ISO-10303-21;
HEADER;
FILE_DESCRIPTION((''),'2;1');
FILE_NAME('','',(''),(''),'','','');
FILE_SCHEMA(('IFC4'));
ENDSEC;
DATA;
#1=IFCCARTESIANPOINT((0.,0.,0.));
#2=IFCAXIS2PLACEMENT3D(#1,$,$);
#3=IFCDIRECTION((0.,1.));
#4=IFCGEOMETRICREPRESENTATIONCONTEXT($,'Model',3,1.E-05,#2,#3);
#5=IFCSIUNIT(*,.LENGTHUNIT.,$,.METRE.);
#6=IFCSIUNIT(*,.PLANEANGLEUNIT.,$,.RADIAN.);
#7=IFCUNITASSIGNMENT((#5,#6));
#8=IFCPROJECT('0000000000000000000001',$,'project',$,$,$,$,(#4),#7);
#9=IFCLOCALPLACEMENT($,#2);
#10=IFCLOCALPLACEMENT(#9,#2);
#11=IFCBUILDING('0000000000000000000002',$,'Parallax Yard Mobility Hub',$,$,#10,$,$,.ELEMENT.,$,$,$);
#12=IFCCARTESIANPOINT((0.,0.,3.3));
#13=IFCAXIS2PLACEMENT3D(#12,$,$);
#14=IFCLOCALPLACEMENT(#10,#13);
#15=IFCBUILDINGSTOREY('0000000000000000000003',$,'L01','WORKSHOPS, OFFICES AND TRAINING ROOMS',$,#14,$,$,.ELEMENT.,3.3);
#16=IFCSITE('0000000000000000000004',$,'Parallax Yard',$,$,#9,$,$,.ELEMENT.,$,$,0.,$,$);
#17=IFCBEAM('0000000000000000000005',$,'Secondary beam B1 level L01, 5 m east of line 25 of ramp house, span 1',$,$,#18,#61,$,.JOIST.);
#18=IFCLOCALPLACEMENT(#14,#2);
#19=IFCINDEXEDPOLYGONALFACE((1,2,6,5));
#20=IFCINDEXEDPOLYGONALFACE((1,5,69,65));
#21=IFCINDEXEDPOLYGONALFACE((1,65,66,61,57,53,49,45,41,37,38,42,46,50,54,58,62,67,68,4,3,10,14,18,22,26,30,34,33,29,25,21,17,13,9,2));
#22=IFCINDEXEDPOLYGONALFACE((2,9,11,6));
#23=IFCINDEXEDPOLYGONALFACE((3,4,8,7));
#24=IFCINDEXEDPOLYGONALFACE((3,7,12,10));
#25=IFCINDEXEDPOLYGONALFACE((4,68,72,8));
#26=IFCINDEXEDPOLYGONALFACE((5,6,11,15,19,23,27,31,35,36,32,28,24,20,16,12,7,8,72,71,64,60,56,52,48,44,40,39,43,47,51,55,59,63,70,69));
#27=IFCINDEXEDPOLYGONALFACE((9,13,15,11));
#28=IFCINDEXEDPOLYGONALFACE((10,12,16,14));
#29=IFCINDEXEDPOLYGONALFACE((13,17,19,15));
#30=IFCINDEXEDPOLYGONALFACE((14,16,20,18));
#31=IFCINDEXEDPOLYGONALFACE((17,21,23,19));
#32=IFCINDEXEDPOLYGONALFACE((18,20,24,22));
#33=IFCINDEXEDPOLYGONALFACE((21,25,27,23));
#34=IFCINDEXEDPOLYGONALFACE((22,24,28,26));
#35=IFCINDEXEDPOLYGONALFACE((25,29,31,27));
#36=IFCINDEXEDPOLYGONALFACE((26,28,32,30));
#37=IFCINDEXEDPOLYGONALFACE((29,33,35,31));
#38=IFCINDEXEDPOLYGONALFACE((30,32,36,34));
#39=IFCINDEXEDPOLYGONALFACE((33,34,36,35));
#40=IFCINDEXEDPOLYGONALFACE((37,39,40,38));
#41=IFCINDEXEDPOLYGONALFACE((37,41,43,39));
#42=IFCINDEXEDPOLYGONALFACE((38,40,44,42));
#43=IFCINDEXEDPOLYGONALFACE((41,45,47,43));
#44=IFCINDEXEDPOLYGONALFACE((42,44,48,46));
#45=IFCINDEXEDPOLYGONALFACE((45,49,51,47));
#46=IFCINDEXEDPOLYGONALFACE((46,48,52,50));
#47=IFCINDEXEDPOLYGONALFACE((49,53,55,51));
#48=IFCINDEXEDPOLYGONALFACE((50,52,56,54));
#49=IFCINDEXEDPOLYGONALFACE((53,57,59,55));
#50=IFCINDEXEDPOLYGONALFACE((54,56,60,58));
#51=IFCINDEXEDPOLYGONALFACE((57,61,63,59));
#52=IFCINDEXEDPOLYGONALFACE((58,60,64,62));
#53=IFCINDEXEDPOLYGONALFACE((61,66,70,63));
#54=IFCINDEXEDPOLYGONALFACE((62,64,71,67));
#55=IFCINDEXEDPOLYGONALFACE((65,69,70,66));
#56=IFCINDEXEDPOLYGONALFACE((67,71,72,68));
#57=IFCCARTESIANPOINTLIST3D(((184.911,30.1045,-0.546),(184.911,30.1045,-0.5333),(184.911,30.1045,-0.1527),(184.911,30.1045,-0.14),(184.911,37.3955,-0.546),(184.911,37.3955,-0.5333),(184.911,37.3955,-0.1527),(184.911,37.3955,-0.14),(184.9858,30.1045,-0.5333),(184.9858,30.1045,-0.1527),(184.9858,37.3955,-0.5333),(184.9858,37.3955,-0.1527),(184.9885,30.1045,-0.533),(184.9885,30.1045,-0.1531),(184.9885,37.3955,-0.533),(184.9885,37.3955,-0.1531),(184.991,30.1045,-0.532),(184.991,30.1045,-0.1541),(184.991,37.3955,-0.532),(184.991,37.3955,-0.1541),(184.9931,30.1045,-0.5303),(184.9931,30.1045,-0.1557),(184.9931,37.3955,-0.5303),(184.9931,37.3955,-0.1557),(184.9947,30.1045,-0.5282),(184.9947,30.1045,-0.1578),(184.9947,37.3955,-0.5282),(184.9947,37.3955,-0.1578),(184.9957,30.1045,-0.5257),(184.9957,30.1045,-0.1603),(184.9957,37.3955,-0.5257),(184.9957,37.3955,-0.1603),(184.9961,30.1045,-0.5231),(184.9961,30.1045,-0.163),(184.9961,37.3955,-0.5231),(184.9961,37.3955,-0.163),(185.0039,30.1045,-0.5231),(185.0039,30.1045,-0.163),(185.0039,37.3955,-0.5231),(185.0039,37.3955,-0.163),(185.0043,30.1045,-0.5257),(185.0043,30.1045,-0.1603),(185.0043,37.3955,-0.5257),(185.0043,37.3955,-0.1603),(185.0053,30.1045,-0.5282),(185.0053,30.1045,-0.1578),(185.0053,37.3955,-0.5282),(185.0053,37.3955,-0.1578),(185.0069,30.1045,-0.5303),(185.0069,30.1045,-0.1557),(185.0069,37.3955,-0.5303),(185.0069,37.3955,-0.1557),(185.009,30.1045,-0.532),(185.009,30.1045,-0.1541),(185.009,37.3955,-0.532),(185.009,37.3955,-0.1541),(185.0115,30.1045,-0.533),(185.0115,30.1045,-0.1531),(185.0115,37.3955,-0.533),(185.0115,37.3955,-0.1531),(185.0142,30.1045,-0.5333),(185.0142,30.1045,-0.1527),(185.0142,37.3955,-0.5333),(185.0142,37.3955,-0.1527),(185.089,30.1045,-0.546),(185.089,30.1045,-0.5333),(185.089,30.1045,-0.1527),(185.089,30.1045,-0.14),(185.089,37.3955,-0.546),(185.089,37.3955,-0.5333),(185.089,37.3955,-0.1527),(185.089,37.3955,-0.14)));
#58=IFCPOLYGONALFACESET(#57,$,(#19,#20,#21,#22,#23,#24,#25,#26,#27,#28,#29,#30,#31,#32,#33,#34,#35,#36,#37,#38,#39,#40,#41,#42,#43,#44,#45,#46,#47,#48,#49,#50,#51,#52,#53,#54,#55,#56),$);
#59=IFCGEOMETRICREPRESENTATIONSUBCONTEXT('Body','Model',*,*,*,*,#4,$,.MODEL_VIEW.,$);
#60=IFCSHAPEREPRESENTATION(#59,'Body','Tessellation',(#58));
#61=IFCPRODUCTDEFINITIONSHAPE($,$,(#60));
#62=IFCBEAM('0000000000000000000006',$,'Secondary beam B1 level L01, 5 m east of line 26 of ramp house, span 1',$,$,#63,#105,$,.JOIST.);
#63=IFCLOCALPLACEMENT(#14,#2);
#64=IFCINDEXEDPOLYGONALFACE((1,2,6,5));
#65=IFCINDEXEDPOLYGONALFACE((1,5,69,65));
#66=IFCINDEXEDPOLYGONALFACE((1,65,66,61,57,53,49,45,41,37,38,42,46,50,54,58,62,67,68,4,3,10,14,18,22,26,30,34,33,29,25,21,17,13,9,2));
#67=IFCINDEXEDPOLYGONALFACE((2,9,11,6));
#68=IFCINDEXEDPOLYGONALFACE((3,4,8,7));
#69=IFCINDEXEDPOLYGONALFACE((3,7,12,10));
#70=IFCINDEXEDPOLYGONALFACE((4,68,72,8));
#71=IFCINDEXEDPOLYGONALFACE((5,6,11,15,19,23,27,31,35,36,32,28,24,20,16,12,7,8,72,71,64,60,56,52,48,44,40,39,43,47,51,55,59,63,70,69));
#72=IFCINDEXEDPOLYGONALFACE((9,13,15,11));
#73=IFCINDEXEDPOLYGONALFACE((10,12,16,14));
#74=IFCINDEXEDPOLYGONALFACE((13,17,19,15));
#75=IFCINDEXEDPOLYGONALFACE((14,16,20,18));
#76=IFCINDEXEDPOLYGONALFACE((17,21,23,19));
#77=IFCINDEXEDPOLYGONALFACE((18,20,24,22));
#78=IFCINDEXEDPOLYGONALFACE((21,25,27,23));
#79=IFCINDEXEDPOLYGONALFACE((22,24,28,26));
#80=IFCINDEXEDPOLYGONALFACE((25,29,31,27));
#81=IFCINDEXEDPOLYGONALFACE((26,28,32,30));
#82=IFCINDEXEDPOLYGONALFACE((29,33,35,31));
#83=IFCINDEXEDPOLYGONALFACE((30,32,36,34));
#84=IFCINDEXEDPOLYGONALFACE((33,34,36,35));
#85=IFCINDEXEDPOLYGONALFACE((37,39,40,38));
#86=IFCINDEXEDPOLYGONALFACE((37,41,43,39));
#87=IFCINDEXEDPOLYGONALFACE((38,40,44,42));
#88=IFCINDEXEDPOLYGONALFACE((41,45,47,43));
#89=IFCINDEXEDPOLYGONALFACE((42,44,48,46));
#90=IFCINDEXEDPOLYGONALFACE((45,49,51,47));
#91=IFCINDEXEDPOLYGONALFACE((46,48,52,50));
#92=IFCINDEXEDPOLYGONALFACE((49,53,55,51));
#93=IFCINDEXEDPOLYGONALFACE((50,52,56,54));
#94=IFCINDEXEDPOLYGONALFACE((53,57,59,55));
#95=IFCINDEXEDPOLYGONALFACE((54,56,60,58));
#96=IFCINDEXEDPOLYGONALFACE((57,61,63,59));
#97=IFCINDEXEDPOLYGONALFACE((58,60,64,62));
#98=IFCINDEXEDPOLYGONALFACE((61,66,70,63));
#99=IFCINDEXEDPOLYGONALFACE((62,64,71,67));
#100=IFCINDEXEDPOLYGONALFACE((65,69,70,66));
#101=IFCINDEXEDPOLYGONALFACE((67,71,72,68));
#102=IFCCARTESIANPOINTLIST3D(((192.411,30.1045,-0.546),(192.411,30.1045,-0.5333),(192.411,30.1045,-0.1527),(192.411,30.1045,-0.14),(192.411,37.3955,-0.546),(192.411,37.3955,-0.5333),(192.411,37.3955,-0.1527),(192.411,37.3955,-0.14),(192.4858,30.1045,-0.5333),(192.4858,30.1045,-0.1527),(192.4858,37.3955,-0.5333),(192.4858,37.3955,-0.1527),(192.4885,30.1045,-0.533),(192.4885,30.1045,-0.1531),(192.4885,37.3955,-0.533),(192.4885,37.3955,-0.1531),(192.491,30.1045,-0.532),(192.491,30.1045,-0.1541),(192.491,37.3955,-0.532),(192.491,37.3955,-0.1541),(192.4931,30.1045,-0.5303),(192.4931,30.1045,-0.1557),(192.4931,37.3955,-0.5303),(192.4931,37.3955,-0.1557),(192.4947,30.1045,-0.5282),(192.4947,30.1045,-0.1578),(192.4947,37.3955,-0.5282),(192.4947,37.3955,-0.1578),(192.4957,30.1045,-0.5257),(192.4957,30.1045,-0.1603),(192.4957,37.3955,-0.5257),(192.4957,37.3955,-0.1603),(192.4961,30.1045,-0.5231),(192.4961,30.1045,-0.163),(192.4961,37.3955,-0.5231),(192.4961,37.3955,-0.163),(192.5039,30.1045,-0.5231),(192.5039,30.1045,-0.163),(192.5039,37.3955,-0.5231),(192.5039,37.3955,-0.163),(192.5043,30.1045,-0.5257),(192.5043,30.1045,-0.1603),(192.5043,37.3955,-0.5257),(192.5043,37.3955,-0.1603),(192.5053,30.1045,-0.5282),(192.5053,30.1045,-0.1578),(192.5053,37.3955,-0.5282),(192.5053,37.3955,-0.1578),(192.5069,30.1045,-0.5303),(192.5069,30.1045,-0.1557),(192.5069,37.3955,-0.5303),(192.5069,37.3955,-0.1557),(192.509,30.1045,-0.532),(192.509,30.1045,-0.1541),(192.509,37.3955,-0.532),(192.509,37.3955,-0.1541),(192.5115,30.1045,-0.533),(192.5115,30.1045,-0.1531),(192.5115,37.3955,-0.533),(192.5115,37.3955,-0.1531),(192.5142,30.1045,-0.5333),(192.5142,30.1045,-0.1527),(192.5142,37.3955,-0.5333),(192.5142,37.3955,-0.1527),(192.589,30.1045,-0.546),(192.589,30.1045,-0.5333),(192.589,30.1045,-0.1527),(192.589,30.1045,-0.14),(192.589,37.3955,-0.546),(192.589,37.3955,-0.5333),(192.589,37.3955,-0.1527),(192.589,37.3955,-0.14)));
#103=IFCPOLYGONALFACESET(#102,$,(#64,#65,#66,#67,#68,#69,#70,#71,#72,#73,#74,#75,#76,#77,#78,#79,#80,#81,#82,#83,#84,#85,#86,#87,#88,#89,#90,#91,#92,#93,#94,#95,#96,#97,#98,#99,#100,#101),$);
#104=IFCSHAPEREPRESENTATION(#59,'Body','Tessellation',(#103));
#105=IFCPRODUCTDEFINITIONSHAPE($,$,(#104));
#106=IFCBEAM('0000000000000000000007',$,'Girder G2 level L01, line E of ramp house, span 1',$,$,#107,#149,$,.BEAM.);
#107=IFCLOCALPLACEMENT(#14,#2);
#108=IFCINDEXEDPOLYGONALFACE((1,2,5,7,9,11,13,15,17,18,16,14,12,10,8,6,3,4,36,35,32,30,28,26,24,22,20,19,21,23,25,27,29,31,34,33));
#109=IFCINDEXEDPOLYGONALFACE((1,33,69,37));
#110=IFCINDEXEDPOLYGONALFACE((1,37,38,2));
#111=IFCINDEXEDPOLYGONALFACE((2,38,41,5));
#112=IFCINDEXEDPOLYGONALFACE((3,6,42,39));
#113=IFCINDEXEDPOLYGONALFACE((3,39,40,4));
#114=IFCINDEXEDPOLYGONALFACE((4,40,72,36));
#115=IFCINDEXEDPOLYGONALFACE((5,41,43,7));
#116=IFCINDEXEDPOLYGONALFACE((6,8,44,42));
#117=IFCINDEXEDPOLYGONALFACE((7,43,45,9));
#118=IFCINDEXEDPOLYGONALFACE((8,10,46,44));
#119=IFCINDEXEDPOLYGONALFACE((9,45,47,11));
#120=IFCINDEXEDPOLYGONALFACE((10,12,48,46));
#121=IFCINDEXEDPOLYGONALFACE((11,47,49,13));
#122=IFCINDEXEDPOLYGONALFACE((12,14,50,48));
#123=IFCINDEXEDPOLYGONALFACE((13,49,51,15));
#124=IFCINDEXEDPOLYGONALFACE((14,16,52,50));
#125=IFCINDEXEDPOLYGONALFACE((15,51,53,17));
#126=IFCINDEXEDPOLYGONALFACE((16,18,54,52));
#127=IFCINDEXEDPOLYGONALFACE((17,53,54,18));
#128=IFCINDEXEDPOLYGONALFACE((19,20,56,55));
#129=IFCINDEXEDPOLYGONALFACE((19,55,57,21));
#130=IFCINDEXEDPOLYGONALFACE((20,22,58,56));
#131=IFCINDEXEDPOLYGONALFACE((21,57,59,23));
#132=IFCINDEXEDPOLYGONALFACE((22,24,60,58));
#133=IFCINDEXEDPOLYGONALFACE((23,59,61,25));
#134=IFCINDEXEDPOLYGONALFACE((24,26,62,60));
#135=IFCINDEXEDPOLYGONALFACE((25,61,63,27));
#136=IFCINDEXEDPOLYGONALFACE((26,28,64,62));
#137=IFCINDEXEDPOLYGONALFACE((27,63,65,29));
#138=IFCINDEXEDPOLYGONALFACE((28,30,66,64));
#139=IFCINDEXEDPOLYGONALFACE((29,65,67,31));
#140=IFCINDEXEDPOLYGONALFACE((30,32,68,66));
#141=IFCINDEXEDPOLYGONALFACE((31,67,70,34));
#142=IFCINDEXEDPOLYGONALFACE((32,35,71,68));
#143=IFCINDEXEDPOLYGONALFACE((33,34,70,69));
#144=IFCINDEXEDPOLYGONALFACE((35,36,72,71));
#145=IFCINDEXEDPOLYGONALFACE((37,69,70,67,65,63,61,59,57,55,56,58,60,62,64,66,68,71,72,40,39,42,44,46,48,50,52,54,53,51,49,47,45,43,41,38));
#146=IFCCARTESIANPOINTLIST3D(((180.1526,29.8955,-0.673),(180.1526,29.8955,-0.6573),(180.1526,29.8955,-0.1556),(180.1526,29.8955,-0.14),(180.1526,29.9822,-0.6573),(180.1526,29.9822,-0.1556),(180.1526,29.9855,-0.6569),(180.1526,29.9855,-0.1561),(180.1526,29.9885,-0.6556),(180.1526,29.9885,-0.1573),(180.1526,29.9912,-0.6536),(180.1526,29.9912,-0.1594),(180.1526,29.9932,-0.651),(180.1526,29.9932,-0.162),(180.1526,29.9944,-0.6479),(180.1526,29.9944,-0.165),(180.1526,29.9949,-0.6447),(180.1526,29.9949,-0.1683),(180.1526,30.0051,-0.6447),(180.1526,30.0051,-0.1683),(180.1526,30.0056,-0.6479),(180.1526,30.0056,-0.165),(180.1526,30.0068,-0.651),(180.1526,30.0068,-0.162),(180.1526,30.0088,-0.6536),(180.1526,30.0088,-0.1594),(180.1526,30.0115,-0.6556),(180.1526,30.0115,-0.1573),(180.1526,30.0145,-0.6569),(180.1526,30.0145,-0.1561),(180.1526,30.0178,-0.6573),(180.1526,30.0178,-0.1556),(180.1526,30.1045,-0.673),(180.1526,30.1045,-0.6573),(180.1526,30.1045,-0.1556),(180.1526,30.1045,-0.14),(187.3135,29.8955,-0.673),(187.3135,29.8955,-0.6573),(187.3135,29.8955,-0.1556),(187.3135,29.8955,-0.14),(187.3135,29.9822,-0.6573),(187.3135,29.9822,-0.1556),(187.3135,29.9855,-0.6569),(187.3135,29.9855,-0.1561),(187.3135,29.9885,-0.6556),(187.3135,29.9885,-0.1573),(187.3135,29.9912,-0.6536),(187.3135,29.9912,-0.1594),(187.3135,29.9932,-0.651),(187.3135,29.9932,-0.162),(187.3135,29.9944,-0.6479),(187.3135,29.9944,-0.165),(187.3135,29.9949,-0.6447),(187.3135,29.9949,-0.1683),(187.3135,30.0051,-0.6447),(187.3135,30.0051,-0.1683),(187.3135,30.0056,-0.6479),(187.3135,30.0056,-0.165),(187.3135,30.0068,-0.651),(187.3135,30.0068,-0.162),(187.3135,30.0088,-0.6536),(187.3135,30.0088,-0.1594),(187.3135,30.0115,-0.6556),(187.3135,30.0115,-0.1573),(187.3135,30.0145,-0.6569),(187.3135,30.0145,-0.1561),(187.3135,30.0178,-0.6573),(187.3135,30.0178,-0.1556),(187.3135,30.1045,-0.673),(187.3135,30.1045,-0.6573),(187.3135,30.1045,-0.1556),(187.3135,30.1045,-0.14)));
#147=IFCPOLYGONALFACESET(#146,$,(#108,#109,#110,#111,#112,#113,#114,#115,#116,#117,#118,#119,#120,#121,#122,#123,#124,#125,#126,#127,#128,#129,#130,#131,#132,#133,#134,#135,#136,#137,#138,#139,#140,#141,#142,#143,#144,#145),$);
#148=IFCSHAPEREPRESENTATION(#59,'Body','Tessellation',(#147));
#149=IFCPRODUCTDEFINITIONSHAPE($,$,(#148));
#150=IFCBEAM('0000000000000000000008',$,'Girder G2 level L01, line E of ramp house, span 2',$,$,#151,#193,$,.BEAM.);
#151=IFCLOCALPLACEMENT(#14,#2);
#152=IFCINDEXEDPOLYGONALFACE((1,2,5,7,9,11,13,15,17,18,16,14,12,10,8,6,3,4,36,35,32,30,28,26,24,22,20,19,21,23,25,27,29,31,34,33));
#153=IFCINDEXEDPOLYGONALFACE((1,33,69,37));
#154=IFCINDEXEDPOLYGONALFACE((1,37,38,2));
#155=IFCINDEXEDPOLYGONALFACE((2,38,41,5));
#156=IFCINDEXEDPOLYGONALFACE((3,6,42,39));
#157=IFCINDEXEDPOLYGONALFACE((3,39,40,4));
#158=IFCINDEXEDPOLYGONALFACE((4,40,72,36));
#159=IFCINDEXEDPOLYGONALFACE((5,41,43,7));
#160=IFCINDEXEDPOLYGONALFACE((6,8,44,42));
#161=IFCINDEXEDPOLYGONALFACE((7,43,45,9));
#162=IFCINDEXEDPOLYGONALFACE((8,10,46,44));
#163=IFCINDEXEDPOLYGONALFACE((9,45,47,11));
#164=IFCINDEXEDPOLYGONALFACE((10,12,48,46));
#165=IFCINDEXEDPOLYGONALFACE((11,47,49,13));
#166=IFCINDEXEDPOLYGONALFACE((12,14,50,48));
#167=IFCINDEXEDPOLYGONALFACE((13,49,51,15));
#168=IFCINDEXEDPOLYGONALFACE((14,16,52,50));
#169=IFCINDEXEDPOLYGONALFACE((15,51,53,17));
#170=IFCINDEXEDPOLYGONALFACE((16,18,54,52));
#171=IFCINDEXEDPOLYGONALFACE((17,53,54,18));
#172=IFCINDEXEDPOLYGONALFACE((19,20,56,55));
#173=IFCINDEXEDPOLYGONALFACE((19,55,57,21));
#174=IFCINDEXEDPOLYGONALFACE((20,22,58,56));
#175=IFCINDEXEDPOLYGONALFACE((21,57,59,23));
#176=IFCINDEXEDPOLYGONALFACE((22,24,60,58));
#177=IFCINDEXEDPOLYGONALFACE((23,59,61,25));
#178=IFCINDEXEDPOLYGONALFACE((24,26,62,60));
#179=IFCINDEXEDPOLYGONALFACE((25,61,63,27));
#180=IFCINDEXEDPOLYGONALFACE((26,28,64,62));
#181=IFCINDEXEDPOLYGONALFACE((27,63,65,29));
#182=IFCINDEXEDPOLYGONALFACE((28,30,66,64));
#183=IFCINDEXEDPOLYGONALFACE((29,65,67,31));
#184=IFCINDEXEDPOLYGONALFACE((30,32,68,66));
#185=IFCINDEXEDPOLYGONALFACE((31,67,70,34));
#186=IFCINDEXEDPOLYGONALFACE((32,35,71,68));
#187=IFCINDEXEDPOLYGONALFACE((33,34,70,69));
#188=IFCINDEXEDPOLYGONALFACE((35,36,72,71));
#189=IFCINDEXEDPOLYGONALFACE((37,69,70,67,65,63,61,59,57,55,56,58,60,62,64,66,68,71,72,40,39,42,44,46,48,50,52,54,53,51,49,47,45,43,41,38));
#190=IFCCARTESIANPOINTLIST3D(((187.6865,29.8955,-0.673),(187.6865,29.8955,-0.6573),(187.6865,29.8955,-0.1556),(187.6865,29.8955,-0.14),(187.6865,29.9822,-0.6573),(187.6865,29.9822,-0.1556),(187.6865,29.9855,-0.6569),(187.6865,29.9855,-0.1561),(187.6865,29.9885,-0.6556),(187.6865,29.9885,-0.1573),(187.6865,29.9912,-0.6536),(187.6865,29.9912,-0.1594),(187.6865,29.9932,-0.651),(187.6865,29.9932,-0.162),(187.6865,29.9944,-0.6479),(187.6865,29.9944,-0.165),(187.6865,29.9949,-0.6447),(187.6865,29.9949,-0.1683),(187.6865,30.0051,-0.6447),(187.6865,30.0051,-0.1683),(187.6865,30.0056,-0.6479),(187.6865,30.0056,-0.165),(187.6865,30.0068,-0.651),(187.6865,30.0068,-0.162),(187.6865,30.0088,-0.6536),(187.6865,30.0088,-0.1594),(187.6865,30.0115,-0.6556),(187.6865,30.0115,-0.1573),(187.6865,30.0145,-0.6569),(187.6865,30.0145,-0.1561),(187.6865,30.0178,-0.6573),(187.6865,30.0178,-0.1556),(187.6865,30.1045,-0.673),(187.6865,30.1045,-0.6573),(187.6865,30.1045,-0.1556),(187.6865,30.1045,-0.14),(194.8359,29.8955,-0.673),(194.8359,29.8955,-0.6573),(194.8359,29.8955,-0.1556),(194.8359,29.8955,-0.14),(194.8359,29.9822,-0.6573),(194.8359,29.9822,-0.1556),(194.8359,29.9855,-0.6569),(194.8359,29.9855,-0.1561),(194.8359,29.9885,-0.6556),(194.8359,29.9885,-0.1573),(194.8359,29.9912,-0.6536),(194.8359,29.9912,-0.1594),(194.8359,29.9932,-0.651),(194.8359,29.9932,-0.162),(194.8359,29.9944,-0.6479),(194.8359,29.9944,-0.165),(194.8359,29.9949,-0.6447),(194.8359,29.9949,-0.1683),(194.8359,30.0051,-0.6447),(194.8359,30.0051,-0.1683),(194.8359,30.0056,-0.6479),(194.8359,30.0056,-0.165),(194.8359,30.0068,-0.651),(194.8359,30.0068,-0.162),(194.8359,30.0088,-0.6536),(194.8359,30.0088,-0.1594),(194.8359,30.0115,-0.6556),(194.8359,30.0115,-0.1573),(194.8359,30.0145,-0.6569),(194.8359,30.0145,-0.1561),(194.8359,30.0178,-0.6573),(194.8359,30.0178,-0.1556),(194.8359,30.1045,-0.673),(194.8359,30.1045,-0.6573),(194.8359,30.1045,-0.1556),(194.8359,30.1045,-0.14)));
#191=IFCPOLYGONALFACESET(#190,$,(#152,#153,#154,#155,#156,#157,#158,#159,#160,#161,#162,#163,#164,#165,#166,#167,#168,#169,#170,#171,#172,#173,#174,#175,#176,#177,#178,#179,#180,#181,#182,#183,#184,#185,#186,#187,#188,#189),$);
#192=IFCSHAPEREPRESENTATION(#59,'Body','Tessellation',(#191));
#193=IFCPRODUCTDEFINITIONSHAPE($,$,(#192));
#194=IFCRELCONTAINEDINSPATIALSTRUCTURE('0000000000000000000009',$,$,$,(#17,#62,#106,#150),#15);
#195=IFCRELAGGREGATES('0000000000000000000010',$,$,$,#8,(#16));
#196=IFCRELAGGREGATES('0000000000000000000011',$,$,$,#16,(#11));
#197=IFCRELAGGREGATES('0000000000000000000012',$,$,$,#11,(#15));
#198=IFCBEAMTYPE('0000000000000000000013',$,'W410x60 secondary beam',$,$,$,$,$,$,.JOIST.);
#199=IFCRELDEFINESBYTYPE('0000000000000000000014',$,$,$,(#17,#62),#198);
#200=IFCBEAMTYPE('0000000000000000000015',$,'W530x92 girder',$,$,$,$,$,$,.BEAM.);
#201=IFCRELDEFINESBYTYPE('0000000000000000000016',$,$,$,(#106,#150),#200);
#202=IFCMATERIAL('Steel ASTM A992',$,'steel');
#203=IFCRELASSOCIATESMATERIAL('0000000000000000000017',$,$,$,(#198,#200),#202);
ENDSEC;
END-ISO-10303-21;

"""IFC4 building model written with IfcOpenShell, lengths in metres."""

from ifc_helpers import new_model, si_unit, direction, frame, origin, origin_2d, place, context, subcontext, project, spatial, i_section, extrude, material, material_profile, profile_set, type_object, element, save


model = new_model("IFC4")

# Units and contexts
model_context = context("Model", 3, precision=1e-05, world=origin(), true_north=direction((0.0, 1.0)))
body_context = subcontext(model_context, "Body", "Model", "MODEL_VIEW")
ifc_project = project(units=[si_unit("LENGTHUNIT", "METRE"), si_unit("PLANEANGLEUNIT", "RADIAN")], contexts=[model_context])

# Site, building, storey
site_placement = place(None, origin())
site = spatial("IfcSite", under=ifc_project, at=site_placement, Name="Parallax Yard", CompositionType="ELEMENT", RefElevation=0.0)
building_placement = place(site_placement, origin())
building = spatial("IfcBuilding", under=site, at=building_placement, Name="Parallax Yard Mobility Hub", CompositionType="ELEMENT")
storey_placement = place(building_placement, frame((0.0, 0.0, 3.3)))
storey = spatial("IfcBuildingStorey", under=building, at=storey_placement, Name="L01", Description="WORKSHOPS, OFFICES AND TRAINING ROOMS", CompositionType="ELEMENT", Elevation=3.3)

# Shared definitions
ifc_material_1 = material(Name="Steel ASTM A992", Category="steel")

# Beams
ifc_material_profile_1 = material_profile(ifc_material_1, i_section(OverallWidth=0.178, OverallDepth=0.406, WebThickness=0.0078, FlangeThickness=0.0127, FilletRadius=0.0103, at=origin_2d()), Name="W410x60")
ifc_profile_set_1 = profile_set([ifc_material_profile_1], Name="Steel ASTM A992")
beam_type_1 = type_object("IfcBeamType", Name="W410x60 secondary beam", PredefinedType="JOIST", material=ifc_profile_set_1)
for number, where, z_axis, x_axis, name in (
    (1, (185.0, 30.1045, -0.343), (0.0, 1.0, 0.0), (-1.0, 0.0, 0.0), "Secondary beam B1 level L01, 5 m east of line 25 of ramp house, span 1"),
    (2, (192.5, 30.1045, -0.343), (0.0, 1.0, 0.0), (-1.0, 0.0, 0.0), "Secondary beam B1 level L01, 5 m east of line 26 of ramp house, span 1"),
):
    element("IfcBeam", number, at=place(storey_placement, frame(where, z_axis=z_axis, x_axis=x_axis)), inside=storey, type_object=beam_type_1, Name=name, PredefinedType="JOIST", context=body_context, shape_type="SweptSolid", body=[
        extrude(i_section(OverallWidth=0.178, OverallDepth=0.406, WebThickness=0.0078, FlangeThickness=0.0127, FilletRadius=0.0103, at=origin_2d()), origin(), (0.0, 0.0, 1.0), 7.291),
    ])
ifc_material_profile_2 = material_profile(ifc_material_1, i_section(OverallWidth=0.209, OverallDepth=0.533, WebThickness=0.0103, FlangeThickness=0.0156, FilletRadius=0.0127, at=origin_2d()), Name="W530x92")
ifc_profile_set_2 = profile_set([ifc_material_profile_2], Name="Steel ASTM A992")
beam_type_2 = type_object("IfcBeamType", Name="W530x92 girder", PredefinedType="BEAM", material=ifc_profile_set_2)
beam_1_placement = place(storey_placement, frame((180.1526, 30.0, -0.4065), z_axis=(1.0, 0.0, 0.0), x_axis=(0.0, 1.0, 0.0)))
element("IfcBeam", 3, at=beam_1_placement, inside=storey, type_object=beam_type_2, Name="Girder G2 level L01, line E of ramp house, span 1", PredefinedType="BEAM", context=body_context, shape_type="SweptSolid", body=[
    extrude(i_section(OverallWidth=0.209, OverallDepth=0.533, WebThickness=0.0103, FlangeThickness=0.0156, FilletRadius=0.0127, at=origin_2d()), origin(), (0.0, 0.0, 1.0), 7.1609),
])
beam_2_placement = place(storey_placement, frame((187.6865, 30.0, -0.4065), z_axis=(1.0, 0.0, 0.0), x_axis=(0.0, 1.0, 0.0)))
element("IfcBeam", 4, at=beam_2_placement, inside=storey, type_object=beam_type_2, Name="Girder G2 level L01, line E of ramp house, span 2", PredefinedType="BEAM", context=body_context, shape_type="SweptSolid", body=[
    extrude(i_section(OverallWidth=0.209, OverallDepth=0.533, WebThickness=0.0103, FlangeThickness=0.0156, FilletRadius=0.0127, at=origin_2d()), origin(), (0.0, 0.0, 1.0), 7.1494),
])

save(model, "model.ifc")
